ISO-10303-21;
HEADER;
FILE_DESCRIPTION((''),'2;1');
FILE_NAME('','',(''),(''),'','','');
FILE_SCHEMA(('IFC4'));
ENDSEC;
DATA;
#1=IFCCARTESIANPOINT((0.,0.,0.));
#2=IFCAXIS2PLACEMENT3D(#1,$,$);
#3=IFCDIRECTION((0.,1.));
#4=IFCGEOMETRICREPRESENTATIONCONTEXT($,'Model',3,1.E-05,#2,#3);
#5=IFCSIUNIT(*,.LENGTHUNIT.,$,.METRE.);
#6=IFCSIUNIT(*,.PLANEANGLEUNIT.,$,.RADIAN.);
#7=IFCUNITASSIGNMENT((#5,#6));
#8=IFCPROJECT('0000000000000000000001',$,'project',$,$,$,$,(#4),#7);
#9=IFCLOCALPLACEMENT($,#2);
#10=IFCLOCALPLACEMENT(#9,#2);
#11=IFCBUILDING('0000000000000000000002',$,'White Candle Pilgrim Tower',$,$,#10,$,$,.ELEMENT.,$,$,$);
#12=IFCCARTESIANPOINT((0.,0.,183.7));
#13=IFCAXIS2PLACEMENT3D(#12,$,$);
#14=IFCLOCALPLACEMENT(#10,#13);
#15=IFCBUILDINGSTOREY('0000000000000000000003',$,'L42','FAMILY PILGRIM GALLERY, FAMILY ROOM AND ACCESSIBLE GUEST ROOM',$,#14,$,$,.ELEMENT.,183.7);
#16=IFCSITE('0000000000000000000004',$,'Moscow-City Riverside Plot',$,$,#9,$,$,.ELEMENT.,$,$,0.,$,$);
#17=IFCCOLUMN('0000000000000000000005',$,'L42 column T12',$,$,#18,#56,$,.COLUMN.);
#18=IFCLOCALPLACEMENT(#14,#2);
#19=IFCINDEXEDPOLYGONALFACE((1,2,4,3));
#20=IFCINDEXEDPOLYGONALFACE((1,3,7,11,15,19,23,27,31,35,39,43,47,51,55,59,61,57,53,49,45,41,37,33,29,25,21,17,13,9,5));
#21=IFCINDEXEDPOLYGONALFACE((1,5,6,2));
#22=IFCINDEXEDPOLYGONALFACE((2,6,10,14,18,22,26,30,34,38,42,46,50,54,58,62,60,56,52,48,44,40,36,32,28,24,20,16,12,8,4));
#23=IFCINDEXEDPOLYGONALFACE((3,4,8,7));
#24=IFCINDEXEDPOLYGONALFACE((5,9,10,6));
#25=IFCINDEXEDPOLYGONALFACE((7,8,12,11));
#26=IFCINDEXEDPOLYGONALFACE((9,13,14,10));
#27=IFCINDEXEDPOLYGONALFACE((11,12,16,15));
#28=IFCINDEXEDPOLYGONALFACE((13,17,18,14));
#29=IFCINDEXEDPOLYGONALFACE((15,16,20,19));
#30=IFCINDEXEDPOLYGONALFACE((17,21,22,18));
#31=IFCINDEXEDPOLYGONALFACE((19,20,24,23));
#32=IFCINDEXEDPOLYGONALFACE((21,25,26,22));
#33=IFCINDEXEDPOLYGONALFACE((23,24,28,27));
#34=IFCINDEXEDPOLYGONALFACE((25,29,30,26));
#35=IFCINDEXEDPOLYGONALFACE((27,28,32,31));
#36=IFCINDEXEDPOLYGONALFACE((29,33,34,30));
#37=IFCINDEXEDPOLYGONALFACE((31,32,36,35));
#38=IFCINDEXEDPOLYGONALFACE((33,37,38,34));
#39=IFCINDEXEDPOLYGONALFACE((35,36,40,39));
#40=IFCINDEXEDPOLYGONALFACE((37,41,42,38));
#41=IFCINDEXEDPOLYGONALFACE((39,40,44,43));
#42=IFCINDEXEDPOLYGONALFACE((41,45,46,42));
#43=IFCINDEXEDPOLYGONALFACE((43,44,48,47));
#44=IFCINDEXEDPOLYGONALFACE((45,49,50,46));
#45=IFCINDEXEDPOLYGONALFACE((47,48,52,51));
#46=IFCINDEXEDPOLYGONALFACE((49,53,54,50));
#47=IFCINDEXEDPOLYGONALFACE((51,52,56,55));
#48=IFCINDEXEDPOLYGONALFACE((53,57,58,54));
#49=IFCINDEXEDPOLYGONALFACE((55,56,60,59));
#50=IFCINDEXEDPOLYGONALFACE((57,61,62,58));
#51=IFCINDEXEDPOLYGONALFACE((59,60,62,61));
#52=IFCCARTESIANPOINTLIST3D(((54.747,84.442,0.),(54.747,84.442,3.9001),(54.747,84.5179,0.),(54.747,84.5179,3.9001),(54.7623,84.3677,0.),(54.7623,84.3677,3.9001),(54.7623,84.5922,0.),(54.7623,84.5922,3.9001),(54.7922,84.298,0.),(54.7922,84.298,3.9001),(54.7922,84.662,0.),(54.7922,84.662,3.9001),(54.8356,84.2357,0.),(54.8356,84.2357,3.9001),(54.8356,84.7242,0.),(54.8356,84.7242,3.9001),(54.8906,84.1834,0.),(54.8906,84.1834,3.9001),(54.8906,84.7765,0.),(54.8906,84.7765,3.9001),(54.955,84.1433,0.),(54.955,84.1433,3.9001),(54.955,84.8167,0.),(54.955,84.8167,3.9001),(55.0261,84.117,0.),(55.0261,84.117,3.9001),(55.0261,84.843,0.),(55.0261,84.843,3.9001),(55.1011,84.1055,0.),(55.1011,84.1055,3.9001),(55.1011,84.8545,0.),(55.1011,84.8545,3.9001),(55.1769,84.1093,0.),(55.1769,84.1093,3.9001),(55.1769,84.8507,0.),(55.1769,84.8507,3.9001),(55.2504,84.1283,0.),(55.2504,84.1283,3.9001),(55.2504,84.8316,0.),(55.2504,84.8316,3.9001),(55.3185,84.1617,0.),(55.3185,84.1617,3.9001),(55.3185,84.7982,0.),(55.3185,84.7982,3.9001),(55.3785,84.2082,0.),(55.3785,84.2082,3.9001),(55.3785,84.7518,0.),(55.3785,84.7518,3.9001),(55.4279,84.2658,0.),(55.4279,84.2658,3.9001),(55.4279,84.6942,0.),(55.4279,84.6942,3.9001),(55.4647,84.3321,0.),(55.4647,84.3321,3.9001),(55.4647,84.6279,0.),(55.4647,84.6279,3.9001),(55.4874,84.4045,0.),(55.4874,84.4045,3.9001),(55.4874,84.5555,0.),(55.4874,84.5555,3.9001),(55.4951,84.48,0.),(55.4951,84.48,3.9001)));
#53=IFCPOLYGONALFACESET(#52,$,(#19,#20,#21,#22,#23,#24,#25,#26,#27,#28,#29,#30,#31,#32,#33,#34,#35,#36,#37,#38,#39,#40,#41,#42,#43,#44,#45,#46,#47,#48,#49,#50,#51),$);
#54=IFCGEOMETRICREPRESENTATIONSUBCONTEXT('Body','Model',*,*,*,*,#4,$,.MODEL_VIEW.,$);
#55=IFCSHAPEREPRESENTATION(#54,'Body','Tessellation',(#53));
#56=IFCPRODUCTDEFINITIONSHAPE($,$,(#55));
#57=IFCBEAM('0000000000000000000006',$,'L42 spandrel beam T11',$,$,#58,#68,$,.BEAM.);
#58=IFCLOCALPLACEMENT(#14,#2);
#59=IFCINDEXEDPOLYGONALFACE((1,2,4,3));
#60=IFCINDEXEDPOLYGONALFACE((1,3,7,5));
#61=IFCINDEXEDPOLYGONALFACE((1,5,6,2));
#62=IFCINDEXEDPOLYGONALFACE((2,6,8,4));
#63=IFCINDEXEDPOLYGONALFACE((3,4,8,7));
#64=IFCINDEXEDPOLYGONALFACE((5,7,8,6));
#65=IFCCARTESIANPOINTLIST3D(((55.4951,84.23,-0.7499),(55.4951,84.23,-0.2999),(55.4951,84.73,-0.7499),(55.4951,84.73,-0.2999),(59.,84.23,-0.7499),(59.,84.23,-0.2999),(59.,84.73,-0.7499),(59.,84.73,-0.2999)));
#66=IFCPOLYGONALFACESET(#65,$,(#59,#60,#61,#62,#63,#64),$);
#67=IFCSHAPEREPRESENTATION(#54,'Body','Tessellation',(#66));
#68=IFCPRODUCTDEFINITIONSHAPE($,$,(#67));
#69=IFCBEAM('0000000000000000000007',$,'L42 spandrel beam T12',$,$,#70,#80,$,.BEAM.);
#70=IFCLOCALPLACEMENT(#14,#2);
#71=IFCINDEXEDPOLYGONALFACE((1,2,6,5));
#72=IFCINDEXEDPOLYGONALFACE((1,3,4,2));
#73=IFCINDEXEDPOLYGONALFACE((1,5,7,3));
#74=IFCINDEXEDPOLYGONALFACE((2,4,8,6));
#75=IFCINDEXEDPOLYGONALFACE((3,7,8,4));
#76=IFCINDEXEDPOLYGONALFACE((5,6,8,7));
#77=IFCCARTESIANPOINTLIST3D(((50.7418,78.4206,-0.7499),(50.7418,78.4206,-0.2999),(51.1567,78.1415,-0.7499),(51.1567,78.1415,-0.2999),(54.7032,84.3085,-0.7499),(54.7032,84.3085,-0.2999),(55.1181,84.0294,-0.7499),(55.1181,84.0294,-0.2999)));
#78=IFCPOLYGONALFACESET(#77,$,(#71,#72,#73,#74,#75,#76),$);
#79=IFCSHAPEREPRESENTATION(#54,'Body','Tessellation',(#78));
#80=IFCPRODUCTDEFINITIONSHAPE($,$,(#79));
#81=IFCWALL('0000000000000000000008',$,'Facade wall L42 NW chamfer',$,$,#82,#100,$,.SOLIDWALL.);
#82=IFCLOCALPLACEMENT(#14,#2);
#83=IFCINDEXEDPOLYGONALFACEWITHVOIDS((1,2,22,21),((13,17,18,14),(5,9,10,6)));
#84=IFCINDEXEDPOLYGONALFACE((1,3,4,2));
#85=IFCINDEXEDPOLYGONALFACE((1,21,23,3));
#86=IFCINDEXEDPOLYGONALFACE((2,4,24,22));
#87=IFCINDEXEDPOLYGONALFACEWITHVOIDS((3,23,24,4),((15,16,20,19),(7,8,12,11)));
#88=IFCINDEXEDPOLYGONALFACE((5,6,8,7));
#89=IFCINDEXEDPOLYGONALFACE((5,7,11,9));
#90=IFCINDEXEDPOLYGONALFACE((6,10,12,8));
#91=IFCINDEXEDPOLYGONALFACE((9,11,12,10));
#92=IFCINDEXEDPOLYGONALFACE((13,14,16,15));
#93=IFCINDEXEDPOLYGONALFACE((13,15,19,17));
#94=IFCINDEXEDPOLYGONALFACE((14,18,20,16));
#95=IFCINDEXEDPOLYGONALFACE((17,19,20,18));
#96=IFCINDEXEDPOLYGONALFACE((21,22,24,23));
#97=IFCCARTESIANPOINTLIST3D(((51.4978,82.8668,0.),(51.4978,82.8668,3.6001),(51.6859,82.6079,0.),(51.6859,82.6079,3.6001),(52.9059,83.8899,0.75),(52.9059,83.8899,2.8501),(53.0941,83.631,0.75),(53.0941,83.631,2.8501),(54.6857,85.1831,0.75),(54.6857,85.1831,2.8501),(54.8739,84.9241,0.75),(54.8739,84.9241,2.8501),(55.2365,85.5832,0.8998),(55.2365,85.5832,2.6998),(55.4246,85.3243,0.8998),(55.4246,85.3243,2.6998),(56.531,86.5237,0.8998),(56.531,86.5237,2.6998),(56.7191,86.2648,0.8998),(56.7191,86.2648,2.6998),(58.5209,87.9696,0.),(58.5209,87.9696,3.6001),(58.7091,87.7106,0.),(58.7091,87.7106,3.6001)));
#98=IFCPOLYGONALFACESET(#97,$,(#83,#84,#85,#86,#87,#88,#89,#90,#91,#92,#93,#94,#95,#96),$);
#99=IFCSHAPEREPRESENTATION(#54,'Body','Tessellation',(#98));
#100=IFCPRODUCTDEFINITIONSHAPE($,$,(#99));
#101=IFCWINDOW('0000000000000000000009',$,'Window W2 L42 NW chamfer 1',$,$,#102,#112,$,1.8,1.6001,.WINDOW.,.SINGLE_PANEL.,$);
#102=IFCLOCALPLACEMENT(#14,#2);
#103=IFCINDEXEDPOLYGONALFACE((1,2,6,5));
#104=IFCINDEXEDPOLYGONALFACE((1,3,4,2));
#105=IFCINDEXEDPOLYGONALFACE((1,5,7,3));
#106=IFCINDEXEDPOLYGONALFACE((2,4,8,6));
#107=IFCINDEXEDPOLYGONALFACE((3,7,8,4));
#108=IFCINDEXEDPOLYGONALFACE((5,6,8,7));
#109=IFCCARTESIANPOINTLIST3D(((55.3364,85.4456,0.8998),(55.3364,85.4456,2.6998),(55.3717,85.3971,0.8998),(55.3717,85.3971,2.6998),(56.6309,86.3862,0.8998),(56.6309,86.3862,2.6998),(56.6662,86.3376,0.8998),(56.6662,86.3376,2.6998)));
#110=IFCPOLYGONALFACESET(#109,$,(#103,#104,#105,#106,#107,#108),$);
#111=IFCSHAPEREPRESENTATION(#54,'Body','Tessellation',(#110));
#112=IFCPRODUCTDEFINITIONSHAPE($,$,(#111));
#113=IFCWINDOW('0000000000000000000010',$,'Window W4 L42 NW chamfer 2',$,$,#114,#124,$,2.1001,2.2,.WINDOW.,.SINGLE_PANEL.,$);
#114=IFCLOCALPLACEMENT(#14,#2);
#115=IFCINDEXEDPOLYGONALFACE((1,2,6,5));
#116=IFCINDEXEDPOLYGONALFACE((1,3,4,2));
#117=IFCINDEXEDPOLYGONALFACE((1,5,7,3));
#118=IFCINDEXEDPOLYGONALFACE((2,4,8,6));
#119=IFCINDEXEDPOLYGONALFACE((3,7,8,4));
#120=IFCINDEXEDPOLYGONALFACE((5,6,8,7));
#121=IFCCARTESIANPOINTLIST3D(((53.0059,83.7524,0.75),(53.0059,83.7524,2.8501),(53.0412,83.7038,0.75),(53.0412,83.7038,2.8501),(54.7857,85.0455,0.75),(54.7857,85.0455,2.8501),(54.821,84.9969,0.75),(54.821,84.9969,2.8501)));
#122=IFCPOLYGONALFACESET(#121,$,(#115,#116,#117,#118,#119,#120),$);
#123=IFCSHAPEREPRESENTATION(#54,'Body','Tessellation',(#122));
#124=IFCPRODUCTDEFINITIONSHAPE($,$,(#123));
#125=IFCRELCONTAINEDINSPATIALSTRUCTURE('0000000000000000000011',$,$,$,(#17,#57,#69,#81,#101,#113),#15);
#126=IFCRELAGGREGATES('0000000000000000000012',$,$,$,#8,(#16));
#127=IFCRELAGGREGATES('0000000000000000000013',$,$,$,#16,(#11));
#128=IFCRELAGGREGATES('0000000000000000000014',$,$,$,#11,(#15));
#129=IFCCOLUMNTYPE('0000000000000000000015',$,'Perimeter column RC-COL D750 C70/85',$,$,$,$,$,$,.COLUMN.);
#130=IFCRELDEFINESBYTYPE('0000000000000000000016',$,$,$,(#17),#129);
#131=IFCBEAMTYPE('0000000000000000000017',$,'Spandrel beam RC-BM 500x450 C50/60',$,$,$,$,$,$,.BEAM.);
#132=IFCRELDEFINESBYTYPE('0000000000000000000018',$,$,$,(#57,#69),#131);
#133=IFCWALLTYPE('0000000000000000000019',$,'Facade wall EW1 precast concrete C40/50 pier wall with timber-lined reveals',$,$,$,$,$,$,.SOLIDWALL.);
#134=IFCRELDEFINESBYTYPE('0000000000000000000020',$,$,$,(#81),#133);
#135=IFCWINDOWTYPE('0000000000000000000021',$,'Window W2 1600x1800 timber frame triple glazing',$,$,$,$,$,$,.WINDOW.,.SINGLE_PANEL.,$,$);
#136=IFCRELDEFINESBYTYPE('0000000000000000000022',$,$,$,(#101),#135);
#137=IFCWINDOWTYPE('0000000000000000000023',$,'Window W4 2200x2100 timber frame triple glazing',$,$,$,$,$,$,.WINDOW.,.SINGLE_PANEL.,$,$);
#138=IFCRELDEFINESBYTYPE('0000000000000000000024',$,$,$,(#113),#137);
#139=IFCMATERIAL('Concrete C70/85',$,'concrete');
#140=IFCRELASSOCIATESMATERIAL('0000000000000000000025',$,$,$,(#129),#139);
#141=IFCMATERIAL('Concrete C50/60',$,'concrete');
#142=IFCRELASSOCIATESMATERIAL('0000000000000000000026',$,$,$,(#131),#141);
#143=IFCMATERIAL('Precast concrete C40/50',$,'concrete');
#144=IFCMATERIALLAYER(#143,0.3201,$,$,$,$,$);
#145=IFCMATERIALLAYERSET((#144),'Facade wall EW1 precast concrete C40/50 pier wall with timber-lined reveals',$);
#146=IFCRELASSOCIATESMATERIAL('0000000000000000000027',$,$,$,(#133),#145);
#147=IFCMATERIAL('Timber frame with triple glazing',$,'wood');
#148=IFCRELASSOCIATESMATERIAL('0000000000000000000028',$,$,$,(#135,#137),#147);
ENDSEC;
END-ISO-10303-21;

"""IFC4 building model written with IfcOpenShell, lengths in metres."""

from ifc_helpers import new_model, si_unit, direction, frame, frame_2d, origin, origin_2d, place, context, subcontext, project, spatial, rectangle, circle, extrude, material, layer, layer_set, material_profile, profile_set, type_object, element, fill, save


model = new_model("IFC4")

# Units and contexts
model_context = context("Model", 3, precision=1e-05, world=origin(), true_north=direction((0.0, 1.0)))
body_context = subcontext(model_context, "Body", "Model", "MODEL_VIEW")
ifc_project = project(units=[si_unit("LENGTHUNIT", "METRE"), si_unit("PLANEANGLEUNIT", "RADIAN")], contexts=[model_context])

# Site, building, storey
site_placement = place(None, origin())
site = spatial("IfcSite", under=ifc_project, at=site_placement, Name="Moscow-City Riverside Plot", CompositionType="ELEMENT", RefElevation=0.0)
building_placement = place(site_placement, origin())
building = spatial("IfcBuilding", under=site, at=building_placement, Name="White Candle Pilgrim Tower", CompositionType="ELEMENT")
storey_placement = place(building_placement, frame((0.0, 0.0, 183.7)))
storey = spatial("IfcBuildingStorey", under=building, at=storey_placement, Name="L42", Description="FAMILY PILGRIM GALLERY, FAMILY ROOM AND ACCESSIBLE GUEST ROOM", CompositionType="ELEMENT", Elevation=183.7)

# Column
ifc_material_1 = material(Name="Concrete C70/85", Category="concrete")
ifc_material_profile_1 = material_profile(ifc_material_1, circle(Radius=0.375, at=origin_2d()), Name="RC-COL D750")
ifc_profile_set_1 = profile_set([ifc_material_profile_1], Name="Concrete C70/85")
column_type = type_object("IfcColumnType", Name="Perimeter column RC-COL D750 C70/85", PredefinedType="COLUMN", material=ifc_profile_set_1)
column_placement = place(storey_placement, frame((55.1201, 84.48, 0.0), z_axis=(0.0, 0.0, 1.0), x_axis=(1.0, 0.0, 0.0)))
element("IfcColumn", 1, at=column_placement, inside=storey, type_object=column_type, Name="L42 column T12", PredefinedType="COLUMN", context=body_context, shape_type="SweptSolid", body=[
    extrude(circle(Radius=0.375, at=origin_2d()), origin(), (0.0, 0.0, 1.0), 3.9001),
])

# Beams
ifc_material_2 = material(Name="Concrete C50/60", Category="concrete")
ifc_material_profile_2 = material_profile(ifc_material_2, rectangle(XDim=0.5, YDim=0.45, at=origin_2d()), Name="RC-BM 500x450")
ifc_profile_set_2 = profile_set([ifc_material_profile_2], Name="Concrete C50/60")
beam_type = type_object("IfcBeamType", Name="Spandrel beam RC-BM 500x450 C50/60", PredefinedType="BEAM", material=ifc_profile_set_2)
beam_1_placement = place(storey_placement, frame((55.4951, 84.48, -0.5249), z_axis=(1.0, 0.0, 0.0), x_axis=(0.0, 1.0, 0.0)))
element("IfcBeam", 2, at=beam_1_placement, inside=storey, type_object=beam_type, Name="L42 spandrel beam T11", PredefinedType="BEAM", context=body_context, shape_type="SweptSolid", body=[
    extrude(rectangle(XDim=0.5, YDim=0.45, at=origin_2d()), origin(), (0.0, 0.0, 1.0), 3.5049),
])
beam_2_placement = place(storey_placement, frame((54.9106, 84.1689, -0.5249), z_axis=(-0.55822, -0.829693, 0.0), x_axis=(0.829693, -0.55822, 0.0)))
element("IfcBeam", 3, at=beam_2_placement, inside=storey, type_object=beam_type, Name="L42 spandrel beam T12", PredefinedType="BEAM", context=body_context, shape_type="SweptSolid", body=[
    extrude(rectangle(XDim=0.5, YDim=0.45, at=origin_2d()), origin(), (0.0, 0.0, 1.0), 7.0964),
])

# Wall, openings, windows
ifc_material_3 = material(Name="Precast concrete C40/50", Category="concrete")
ifc_layer_1 = layer(ifc_material_3, 0.3201)
ifc_layer_set_1 = layer_set([ifc_layer_1], Name="Facade wall EW1 precast concrete C40/50 pier wall with timber-lined reveals")
wall_type_1 = type_object("IfcWallType", Name="Facade wall EW1 precast concrete C40/50 pier wall with timber-lined reveals", PredefinedType="SOLIDWALL", material=ifc_layer_set_1)
wall_1_placement = place(storey_placement, frame((58.615, 87.8401, 0.0), z_axis=(0.0, 0.0, 1.0), x_axis=(-0.80901, -0.587795, 0.0)))
wall_1 = element("IfcWall", 4, at=wall_1_placement, inside=storey, type_object=wall_type_1, Name="Facade wall L42 NW chamfer", PredefinedType="SOLIDWALL", context=body_context, shape_type="SweptSolid", body=[
    extrude(rectangle(XDim=8.6812, YDim=0.3201, at=frame_2d((4.3406, 0.0))), origin(), (0.0, 0.0, 1.0), 3.6001),
])
opening_1_placement = place(wall_1_placement, frame((2.4597, 0.0, 0.8999)))
opening_1 = element("IfcOpeningElement", 5, at=opening_1_placement, cuts=wall_1, PredefinedType="OPENING", context=body_context, shape_type="SweptSolid", body=[
    extrude(rectangle(XDim=1.6001, YDim=1.8, at=frame_2d((0.8, 0.8999))), frame((0.0, 0.1699, 0.0), z_axis=(0.0, -1.0, 0.0), x_axis=(1.0, 0.0, 0.0)), (0.0, 0.0, 1.0), 0.3401),
])
opening_2_placement = place(wall_1_placement, frame((4.7405, 0.0, 0.75)))
opening_2 = element("IfcOpeningElement", 6, at=opening_2_placement, cuts=wall_1, PredefinedType="OPENING", context=body_context, shape_type="SweptSolid", body=[
    extrude(rectangle(XDim=2.2, YDim=2.1001, at=frame_2d((1.1001, 1.05))), frame((0.0, 0.1699, 0.0), z_axis=(0.0, -1.0, 0.0), x_axis=(1.0, 0.0, 0.0)), (0.0, 0.0, 1.0), 0.3401),
])
ifc_material_4 = material(Name="Timber frame with triple glazing", Category="wood")
window_type_1 = type_object("IfcWindowType", Name="Window W2 1600x1800 timber frame triple glazing", PartitioningType="SINGLE_PANEL", PredefinedType="WINDOW", material=ifc_material_4)
window_1_placement = place(opening_1_placement, origin())
window_1 = element("IfcWindow", 7, at=window_1_placement, inside=storey, type_object=window_type_1, Name="Window W2 L42 NW chamfer 1", OverallHeight=1.8, OverallWidth=1.6001, PartitioningType="SINGLE_PANEL", PredefinedType="WINDOW", context=body_context, shape_type="SweptSolid", body=[
    extrude(rectangle(XDim=1.6001, YDim=1.8, at=frame_2d((0.8, 0.8999))), frame((0.0, 0.0701, 0.0), z_axis=(0.0, -1.0, 0.0), x_axis=(1.0, 0.0, 0.0)), (0.0, 0.0, 1.0), 0.0601),
])
fill(opening_1, window_1)
window_type_2 = type_object("IfcWindowType", Name="Window W4 2200x2100 timber frame triple glazing", PartitioningType="SINGLE_PANEL", PredefinedType="WINDOW", material=ifc_material_4)
window_2_placement = place(opening_2_placement, origin())
window_2 = element("IfcWindow", 8, at=window_2_placement, inside=storey, type_object=window_type_2, Name="Window W4 L42 NW chamfer 2", OverallHeight=2.1001, OverallWidth=2.2, PartitioningType="SINGLE_PANEL", PredefinedType="WINDOW", context=body_context, shape_type="SweptSolid", body=[
    extrude(rectangle(XDim=2.2, YDim=2.1001, at=frame_2d((1.1001, 1.05))), frame((0.0, 0.0701, 0.0), z_axis=(0.0, -1.0, 0.0), x_axis=(1.0, 0.0, 0.0)), (0.0, 0.0, 1.0), 0.0601),
])
fill(opening_2, window_2)

save(model, "model.ifc")
